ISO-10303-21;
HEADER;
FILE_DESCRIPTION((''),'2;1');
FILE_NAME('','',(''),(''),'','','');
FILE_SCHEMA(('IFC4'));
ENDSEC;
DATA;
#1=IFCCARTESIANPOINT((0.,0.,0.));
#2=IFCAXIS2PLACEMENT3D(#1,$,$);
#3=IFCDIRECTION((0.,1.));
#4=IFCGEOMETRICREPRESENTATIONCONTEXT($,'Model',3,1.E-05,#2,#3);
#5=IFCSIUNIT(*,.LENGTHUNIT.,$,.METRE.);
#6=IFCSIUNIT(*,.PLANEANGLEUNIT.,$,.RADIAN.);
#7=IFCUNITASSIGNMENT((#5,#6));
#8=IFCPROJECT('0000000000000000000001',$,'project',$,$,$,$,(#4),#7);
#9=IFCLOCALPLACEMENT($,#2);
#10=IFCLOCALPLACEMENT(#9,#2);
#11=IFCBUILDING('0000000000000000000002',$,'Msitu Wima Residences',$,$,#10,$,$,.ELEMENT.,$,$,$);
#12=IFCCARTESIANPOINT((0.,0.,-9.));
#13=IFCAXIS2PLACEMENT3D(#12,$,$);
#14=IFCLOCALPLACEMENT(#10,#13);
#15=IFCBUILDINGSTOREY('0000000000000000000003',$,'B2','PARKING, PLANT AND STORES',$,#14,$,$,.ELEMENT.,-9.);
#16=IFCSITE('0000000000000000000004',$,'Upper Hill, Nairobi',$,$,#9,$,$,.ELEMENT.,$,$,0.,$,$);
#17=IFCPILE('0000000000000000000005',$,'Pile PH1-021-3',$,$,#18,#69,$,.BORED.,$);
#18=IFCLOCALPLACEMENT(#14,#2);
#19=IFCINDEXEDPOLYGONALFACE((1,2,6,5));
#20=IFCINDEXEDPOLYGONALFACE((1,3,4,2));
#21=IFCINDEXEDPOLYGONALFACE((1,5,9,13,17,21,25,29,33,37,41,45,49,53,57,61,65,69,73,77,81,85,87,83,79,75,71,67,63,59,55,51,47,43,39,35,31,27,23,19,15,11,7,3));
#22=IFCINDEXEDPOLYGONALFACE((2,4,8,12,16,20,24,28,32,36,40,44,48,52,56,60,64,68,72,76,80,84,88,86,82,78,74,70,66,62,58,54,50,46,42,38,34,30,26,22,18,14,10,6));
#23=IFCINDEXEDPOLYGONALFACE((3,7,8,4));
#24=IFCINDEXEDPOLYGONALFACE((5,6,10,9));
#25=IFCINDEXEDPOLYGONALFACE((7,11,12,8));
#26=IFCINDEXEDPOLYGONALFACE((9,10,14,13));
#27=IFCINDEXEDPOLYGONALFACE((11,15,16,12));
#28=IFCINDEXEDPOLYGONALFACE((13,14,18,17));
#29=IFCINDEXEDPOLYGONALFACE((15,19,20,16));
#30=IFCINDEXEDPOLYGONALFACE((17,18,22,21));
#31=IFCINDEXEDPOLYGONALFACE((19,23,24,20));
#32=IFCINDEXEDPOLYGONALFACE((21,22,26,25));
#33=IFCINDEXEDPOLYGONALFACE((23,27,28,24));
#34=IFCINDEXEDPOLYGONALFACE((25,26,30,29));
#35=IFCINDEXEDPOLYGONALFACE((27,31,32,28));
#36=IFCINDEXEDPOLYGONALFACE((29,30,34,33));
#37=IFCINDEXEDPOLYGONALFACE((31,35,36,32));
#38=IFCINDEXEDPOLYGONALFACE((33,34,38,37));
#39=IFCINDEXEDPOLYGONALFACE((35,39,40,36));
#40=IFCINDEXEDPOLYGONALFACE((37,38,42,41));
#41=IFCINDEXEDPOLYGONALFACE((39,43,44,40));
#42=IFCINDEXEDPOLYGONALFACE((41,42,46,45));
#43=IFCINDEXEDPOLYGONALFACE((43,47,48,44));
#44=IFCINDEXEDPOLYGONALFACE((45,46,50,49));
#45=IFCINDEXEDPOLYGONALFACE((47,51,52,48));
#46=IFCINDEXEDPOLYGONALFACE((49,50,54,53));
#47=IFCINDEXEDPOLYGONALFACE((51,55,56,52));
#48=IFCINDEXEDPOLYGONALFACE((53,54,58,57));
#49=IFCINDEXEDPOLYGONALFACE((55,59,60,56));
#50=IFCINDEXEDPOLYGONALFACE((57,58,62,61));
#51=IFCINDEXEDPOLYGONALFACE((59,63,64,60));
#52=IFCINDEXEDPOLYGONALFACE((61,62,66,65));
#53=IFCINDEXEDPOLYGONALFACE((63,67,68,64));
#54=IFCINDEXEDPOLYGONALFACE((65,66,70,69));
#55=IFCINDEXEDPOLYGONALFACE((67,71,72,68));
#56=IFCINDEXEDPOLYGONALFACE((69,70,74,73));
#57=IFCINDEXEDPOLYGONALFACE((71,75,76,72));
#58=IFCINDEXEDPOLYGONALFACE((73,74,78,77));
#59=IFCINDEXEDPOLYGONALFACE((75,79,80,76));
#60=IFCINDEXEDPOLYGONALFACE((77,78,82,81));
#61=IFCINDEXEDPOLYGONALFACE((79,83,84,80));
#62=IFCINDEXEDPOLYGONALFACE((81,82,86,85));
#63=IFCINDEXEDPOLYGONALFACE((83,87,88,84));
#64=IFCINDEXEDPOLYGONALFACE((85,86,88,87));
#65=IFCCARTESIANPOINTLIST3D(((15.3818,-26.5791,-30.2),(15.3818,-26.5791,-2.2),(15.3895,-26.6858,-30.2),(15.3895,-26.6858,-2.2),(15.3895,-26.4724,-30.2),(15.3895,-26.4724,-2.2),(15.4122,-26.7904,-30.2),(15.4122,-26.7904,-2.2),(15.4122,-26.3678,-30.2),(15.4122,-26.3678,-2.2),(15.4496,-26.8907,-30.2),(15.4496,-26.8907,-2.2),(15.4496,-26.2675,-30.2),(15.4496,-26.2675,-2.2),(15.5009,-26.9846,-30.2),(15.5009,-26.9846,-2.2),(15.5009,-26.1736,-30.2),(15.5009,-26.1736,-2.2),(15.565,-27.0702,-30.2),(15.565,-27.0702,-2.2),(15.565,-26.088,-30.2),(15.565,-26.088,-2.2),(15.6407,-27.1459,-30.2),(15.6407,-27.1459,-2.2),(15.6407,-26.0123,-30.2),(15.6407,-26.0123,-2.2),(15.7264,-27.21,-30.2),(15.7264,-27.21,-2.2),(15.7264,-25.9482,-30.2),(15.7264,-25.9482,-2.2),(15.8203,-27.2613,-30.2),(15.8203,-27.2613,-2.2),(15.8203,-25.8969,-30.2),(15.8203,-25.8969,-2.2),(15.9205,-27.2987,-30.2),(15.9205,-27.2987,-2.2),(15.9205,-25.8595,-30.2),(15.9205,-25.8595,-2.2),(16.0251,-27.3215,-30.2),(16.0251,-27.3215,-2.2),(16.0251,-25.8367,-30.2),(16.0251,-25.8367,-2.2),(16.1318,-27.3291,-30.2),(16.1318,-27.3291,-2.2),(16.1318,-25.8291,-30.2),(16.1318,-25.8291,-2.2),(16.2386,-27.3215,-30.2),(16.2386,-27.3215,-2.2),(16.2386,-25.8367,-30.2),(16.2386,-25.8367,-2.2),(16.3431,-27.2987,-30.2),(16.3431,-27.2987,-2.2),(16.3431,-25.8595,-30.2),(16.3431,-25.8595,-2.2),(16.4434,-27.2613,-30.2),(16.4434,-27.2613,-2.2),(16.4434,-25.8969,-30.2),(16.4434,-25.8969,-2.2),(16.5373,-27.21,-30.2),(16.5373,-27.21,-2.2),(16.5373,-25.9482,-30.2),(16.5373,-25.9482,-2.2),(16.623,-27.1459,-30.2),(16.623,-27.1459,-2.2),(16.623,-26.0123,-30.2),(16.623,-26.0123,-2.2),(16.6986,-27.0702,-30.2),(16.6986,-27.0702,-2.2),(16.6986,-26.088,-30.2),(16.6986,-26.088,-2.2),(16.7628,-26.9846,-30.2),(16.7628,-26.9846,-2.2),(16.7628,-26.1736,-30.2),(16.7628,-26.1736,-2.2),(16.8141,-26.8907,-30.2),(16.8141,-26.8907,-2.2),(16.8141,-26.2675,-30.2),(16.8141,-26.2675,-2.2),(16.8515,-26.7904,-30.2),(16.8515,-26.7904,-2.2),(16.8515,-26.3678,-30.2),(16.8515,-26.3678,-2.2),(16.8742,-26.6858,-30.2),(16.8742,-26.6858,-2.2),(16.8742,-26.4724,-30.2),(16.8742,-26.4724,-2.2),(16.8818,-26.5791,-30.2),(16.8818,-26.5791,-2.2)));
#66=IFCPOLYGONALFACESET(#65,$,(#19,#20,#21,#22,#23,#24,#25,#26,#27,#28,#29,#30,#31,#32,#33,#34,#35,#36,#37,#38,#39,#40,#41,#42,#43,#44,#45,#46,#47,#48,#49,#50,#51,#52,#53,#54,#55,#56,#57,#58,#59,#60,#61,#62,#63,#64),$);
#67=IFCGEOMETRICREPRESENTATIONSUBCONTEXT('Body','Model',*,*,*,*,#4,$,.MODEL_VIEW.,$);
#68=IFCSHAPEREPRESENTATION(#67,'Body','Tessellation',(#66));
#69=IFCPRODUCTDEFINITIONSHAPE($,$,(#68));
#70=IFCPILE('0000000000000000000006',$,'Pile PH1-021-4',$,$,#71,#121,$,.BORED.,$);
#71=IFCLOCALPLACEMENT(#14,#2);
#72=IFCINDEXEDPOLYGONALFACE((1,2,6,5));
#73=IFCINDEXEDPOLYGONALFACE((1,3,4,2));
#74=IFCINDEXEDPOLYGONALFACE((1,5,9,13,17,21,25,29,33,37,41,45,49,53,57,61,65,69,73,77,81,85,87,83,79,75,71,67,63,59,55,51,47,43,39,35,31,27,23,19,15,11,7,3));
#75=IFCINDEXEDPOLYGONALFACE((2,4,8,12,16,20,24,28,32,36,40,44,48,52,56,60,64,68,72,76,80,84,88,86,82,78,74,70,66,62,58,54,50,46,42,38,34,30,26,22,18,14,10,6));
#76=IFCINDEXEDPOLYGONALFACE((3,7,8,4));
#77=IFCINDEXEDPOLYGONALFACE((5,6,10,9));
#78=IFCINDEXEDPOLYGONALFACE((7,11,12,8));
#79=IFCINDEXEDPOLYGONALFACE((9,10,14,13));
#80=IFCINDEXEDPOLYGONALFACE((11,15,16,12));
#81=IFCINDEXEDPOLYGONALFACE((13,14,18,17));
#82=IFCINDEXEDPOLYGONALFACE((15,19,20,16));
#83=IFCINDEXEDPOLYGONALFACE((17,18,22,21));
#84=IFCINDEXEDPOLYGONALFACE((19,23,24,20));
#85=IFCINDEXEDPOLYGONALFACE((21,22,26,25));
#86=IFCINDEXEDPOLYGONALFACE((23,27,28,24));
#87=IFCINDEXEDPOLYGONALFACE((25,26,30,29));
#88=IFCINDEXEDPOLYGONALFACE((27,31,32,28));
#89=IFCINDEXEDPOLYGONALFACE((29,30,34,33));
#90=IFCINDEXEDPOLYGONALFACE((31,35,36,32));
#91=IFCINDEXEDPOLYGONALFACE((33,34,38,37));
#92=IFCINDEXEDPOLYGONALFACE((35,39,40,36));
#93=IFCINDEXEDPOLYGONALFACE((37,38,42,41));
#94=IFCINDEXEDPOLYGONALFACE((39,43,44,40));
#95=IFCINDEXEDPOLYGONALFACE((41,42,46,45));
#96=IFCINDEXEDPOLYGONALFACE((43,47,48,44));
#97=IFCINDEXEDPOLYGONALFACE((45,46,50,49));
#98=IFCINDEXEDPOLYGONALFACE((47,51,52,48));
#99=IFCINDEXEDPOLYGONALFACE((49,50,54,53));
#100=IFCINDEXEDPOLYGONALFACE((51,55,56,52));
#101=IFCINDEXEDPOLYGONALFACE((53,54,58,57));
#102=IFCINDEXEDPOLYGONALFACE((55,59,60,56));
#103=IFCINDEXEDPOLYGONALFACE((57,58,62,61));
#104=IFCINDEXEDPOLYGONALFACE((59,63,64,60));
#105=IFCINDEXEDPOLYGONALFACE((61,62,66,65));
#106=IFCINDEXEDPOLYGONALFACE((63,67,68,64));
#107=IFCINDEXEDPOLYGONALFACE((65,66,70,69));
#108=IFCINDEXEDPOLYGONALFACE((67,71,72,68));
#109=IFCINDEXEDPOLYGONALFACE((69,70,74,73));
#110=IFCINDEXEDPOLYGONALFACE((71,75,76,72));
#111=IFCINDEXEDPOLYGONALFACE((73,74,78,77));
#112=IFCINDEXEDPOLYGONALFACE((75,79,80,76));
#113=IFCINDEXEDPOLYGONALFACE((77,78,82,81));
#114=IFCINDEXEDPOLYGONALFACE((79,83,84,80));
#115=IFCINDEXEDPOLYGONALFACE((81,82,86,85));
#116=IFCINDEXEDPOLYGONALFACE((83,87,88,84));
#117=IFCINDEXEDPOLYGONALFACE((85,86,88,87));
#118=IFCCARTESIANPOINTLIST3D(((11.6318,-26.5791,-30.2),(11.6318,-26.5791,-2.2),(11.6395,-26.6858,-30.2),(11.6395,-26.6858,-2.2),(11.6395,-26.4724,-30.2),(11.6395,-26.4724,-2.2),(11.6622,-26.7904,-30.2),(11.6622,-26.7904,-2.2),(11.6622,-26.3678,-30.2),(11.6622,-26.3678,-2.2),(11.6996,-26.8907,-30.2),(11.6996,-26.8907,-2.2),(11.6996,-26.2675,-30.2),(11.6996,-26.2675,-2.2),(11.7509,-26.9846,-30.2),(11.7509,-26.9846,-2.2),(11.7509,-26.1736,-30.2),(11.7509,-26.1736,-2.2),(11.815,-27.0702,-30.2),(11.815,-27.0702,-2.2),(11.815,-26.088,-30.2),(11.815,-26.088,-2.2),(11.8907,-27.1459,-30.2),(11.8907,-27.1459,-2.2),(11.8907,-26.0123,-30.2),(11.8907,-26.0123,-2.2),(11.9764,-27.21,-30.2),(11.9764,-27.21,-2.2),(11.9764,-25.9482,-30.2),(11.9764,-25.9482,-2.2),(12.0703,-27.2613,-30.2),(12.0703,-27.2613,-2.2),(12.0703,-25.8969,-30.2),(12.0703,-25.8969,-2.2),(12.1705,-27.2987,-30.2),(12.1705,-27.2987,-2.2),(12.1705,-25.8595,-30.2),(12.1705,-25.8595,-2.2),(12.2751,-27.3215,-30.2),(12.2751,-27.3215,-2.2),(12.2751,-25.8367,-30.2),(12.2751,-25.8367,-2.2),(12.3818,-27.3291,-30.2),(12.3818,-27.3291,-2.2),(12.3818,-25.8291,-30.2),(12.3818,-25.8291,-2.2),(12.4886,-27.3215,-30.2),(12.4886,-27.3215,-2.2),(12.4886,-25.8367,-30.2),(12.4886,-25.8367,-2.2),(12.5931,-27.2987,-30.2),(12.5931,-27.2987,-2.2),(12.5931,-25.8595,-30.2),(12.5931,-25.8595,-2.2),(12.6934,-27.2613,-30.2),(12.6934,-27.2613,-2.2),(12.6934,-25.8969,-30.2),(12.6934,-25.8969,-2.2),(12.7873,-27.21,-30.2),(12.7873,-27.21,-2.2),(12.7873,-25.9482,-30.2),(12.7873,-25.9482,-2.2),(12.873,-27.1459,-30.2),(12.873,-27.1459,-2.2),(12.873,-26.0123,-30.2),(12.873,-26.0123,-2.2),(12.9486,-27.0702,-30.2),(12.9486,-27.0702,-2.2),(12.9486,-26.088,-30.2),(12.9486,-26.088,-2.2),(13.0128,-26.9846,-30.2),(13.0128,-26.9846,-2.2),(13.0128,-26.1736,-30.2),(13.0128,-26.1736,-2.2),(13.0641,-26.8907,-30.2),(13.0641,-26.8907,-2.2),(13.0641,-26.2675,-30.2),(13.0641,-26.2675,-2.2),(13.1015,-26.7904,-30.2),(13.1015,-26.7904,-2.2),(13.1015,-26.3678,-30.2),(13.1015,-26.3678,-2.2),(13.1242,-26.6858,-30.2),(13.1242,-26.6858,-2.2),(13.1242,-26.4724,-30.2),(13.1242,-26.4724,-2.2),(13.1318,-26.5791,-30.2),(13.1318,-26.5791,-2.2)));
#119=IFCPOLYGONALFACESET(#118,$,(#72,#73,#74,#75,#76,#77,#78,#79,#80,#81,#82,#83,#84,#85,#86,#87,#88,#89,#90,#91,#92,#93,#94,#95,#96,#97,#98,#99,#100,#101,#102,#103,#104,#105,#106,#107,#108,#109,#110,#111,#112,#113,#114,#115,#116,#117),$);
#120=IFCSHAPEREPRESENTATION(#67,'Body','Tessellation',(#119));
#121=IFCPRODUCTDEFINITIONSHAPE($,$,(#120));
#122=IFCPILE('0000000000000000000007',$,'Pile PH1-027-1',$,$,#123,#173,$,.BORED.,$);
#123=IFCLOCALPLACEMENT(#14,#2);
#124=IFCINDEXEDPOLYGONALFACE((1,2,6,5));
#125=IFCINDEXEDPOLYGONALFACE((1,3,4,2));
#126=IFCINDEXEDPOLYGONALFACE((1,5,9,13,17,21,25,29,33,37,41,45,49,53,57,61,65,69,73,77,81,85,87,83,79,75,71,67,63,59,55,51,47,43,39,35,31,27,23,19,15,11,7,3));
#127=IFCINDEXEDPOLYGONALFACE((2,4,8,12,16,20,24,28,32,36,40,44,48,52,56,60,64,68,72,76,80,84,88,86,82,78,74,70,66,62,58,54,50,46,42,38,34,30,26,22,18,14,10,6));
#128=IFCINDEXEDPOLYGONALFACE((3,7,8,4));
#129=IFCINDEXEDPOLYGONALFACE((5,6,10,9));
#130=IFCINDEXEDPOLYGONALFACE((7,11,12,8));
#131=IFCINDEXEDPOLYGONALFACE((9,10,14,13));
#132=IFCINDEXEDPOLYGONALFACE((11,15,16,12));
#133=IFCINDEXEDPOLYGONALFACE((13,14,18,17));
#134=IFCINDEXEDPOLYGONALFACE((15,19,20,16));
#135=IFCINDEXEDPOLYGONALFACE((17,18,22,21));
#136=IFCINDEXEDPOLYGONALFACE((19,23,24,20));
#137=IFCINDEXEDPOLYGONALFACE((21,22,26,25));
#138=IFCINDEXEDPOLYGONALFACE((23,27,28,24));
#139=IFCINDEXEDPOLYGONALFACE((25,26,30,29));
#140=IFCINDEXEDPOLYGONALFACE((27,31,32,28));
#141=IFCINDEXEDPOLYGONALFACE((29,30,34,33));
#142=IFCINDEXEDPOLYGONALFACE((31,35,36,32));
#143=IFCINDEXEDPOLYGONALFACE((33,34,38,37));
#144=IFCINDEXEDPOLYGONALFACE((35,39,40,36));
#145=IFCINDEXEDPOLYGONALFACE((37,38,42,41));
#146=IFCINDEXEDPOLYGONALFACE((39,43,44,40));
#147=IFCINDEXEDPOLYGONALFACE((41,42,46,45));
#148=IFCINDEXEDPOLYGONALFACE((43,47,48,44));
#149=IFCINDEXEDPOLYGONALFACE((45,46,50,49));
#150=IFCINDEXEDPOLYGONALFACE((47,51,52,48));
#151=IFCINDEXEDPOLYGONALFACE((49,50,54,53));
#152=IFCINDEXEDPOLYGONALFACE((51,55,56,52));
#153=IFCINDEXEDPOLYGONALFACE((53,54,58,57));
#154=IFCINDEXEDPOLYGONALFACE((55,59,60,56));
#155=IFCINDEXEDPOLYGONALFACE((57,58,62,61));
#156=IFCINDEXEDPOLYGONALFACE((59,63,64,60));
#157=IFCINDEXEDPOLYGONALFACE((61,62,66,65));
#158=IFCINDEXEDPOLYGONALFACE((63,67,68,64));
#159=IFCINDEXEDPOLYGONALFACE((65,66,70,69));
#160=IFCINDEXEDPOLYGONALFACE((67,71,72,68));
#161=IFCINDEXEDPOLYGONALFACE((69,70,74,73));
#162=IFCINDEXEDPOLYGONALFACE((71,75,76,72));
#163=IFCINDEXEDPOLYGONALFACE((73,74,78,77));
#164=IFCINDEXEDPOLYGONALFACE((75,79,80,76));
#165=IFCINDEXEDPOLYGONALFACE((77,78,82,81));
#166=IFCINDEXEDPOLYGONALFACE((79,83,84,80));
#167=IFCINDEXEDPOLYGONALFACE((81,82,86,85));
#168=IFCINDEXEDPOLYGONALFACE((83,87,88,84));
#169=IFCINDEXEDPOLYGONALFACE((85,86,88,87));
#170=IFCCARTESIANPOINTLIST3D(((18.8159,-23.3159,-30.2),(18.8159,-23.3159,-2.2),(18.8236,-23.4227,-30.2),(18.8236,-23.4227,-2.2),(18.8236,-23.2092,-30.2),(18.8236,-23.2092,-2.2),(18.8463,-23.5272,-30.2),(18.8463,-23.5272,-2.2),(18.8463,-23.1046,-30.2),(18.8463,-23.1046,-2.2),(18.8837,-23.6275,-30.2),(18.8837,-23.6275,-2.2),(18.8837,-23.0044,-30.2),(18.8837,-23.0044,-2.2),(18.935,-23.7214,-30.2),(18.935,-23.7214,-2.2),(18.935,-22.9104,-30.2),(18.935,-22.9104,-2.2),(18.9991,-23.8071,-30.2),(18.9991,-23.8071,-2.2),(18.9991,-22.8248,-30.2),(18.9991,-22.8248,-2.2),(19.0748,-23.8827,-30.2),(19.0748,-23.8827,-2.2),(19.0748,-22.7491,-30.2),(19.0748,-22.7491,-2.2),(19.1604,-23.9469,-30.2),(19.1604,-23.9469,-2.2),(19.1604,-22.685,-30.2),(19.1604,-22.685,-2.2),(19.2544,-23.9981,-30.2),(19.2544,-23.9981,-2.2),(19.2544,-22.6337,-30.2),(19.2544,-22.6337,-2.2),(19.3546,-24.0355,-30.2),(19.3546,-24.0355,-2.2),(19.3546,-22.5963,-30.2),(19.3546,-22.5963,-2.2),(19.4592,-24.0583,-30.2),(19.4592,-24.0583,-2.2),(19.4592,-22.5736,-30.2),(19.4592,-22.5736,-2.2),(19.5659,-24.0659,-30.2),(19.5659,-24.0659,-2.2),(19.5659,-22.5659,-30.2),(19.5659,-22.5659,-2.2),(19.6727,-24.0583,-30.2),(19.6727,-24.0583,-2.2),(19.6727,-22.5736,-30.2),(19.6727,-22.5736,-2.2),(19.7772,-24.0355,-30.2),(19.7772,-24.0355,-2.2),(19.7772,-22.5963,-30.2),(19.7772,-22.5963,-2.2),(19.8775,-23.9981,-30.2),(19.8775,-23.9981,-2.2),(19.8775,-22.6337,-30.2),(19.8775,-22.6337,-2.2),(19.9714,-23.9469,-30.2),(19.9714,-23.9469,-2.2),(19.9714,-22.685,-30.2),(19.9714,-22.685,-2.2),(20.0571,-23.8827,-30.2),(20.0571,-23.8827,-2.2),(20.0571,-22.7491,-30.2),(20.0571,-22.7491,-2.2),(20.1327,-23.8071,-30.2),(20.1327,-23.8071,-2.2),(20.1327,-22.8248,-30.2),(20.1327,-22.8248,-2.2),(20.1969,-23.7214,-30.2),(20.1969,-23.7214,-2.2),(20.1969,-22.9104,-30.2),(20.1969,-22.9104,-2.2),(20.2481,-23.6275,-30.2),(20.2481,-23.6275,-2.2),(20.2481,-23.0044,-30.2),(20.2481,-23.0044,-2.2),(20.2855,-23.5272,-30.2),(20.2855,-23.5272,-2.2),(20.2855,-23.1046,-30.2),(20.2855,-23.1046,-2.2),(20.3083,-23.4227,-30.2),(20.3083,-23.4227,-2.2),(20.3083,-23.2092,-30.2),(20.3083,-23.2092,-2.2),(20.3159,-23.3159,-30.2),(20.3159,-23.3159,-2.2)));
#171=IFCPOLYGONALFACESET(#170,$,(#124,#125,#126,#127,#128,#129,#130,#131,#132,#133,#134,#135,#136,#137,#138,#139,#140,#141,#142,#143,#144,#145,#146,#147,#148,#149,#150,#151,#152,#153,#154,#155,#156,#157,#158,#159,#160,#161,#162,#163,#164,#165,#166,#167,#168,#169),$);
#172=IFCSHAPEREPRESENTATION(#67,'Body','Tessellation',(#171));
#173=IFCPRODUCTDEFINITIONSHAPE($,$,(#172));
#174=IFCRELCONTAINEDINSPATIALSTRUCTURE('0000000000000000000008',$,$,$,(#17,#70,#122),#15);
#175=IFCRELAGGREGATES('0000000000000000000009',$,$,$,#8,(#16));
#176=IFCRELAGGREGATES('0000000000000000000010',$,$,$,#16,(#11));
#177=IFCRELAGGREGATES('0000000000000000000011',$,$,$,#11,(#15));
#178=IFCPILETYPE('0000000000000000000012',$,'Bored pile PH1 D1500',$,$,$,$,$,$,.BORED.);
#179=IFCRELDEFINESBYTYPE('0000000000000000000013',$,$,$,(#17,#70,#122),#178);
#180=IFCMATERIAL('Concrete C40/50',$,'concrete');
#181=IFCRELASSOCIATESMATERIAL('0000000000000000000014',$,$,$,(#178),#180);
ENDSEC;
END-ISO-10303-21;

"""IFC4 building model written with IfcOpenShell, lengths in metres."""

from ifc_helpers import new_model, si_unit, direction, frame, origin, origin_2d, place, context, subcontext, project, spatial, circle, extrude, material, type_object, element, save


model = new_model("IFC4")

# Units and contexts
model_context = context("Model", 3, precision=1e-05, world=origin(), true_north=direction((0.0, 1.0)))
body_context = subcontext(model_context, "Body", "Model", "MODEL_VIEW")
ifc_project = project(units=[si_unit("LENGTHUNIT", "METRE"), si_unit("PLANEANGLEUNIT", "RADIAN")], contexts=[model_context])

# Site, building, storey
site_placement = place(None, origin())
site = spatial("IfcSite", under=ifc_project, at=site_placement, Name="Upper Hill, Nairobi", CompositionType="ELEMENT", RefElevation=0.0)
building_placement = place(site_placement, origin())
building = spatial("IfcBuilding", under=site, at=building_placement, Name="Msitu Wima Residences", CompositionType="ELEMENT")
storey_placement = place(building_placement, frame((0.0, 0.0, -9.0)))
storey = spatial("IfcBuildingStorey", under=building, at=storey_placement, Name="B2", Description="PARKING, PLANT AND STORES", CompositionType="ELEMENT", Elevation=-9.0)

# Piles
ifc_material_1 = material(Name="Concrete C40/50", Category="concrete")
pile_type_1 = type_object("IfcPileType", Name="Bored pile PH1 D1500", PredefinedType="BORED", material=ifc_material_1)
for number, where, z_axis, x_axis, name in (
    (1, (16.1318, -26.5791, -2.2), (0.0, 0.0, -1.0), (1.0, 0.0, 0.0), "Pile PH1-021-3"),
    (2, (12.3818, -26.5791, -2.2), (0.0, 0.0, -1.0), (1.0, 0.0, 0.0), "Pile PH1-021-4"),
    (3, (19.5659, -23.3159, -2.2), (0.0, 0.0, -1.0), (1.0, 0.0, 0.0), "Pile PH1-027-1"),
):
    element("IfcPile", number, at=place(storey_placement, frame(where, z_axis=z_axis, x_axis=x_axis)), inside=storey, type_object=pile_type_1, Name=name, PredefinedType="BORED", context=body_context, shape_type="SweptSolid", body=[
        extrude(circle(Radius=0.75, at=origin_2d()), origin(), (0.0, 0.0, 1.0), 28.0),
    ])

save(model, "model.ifc")
